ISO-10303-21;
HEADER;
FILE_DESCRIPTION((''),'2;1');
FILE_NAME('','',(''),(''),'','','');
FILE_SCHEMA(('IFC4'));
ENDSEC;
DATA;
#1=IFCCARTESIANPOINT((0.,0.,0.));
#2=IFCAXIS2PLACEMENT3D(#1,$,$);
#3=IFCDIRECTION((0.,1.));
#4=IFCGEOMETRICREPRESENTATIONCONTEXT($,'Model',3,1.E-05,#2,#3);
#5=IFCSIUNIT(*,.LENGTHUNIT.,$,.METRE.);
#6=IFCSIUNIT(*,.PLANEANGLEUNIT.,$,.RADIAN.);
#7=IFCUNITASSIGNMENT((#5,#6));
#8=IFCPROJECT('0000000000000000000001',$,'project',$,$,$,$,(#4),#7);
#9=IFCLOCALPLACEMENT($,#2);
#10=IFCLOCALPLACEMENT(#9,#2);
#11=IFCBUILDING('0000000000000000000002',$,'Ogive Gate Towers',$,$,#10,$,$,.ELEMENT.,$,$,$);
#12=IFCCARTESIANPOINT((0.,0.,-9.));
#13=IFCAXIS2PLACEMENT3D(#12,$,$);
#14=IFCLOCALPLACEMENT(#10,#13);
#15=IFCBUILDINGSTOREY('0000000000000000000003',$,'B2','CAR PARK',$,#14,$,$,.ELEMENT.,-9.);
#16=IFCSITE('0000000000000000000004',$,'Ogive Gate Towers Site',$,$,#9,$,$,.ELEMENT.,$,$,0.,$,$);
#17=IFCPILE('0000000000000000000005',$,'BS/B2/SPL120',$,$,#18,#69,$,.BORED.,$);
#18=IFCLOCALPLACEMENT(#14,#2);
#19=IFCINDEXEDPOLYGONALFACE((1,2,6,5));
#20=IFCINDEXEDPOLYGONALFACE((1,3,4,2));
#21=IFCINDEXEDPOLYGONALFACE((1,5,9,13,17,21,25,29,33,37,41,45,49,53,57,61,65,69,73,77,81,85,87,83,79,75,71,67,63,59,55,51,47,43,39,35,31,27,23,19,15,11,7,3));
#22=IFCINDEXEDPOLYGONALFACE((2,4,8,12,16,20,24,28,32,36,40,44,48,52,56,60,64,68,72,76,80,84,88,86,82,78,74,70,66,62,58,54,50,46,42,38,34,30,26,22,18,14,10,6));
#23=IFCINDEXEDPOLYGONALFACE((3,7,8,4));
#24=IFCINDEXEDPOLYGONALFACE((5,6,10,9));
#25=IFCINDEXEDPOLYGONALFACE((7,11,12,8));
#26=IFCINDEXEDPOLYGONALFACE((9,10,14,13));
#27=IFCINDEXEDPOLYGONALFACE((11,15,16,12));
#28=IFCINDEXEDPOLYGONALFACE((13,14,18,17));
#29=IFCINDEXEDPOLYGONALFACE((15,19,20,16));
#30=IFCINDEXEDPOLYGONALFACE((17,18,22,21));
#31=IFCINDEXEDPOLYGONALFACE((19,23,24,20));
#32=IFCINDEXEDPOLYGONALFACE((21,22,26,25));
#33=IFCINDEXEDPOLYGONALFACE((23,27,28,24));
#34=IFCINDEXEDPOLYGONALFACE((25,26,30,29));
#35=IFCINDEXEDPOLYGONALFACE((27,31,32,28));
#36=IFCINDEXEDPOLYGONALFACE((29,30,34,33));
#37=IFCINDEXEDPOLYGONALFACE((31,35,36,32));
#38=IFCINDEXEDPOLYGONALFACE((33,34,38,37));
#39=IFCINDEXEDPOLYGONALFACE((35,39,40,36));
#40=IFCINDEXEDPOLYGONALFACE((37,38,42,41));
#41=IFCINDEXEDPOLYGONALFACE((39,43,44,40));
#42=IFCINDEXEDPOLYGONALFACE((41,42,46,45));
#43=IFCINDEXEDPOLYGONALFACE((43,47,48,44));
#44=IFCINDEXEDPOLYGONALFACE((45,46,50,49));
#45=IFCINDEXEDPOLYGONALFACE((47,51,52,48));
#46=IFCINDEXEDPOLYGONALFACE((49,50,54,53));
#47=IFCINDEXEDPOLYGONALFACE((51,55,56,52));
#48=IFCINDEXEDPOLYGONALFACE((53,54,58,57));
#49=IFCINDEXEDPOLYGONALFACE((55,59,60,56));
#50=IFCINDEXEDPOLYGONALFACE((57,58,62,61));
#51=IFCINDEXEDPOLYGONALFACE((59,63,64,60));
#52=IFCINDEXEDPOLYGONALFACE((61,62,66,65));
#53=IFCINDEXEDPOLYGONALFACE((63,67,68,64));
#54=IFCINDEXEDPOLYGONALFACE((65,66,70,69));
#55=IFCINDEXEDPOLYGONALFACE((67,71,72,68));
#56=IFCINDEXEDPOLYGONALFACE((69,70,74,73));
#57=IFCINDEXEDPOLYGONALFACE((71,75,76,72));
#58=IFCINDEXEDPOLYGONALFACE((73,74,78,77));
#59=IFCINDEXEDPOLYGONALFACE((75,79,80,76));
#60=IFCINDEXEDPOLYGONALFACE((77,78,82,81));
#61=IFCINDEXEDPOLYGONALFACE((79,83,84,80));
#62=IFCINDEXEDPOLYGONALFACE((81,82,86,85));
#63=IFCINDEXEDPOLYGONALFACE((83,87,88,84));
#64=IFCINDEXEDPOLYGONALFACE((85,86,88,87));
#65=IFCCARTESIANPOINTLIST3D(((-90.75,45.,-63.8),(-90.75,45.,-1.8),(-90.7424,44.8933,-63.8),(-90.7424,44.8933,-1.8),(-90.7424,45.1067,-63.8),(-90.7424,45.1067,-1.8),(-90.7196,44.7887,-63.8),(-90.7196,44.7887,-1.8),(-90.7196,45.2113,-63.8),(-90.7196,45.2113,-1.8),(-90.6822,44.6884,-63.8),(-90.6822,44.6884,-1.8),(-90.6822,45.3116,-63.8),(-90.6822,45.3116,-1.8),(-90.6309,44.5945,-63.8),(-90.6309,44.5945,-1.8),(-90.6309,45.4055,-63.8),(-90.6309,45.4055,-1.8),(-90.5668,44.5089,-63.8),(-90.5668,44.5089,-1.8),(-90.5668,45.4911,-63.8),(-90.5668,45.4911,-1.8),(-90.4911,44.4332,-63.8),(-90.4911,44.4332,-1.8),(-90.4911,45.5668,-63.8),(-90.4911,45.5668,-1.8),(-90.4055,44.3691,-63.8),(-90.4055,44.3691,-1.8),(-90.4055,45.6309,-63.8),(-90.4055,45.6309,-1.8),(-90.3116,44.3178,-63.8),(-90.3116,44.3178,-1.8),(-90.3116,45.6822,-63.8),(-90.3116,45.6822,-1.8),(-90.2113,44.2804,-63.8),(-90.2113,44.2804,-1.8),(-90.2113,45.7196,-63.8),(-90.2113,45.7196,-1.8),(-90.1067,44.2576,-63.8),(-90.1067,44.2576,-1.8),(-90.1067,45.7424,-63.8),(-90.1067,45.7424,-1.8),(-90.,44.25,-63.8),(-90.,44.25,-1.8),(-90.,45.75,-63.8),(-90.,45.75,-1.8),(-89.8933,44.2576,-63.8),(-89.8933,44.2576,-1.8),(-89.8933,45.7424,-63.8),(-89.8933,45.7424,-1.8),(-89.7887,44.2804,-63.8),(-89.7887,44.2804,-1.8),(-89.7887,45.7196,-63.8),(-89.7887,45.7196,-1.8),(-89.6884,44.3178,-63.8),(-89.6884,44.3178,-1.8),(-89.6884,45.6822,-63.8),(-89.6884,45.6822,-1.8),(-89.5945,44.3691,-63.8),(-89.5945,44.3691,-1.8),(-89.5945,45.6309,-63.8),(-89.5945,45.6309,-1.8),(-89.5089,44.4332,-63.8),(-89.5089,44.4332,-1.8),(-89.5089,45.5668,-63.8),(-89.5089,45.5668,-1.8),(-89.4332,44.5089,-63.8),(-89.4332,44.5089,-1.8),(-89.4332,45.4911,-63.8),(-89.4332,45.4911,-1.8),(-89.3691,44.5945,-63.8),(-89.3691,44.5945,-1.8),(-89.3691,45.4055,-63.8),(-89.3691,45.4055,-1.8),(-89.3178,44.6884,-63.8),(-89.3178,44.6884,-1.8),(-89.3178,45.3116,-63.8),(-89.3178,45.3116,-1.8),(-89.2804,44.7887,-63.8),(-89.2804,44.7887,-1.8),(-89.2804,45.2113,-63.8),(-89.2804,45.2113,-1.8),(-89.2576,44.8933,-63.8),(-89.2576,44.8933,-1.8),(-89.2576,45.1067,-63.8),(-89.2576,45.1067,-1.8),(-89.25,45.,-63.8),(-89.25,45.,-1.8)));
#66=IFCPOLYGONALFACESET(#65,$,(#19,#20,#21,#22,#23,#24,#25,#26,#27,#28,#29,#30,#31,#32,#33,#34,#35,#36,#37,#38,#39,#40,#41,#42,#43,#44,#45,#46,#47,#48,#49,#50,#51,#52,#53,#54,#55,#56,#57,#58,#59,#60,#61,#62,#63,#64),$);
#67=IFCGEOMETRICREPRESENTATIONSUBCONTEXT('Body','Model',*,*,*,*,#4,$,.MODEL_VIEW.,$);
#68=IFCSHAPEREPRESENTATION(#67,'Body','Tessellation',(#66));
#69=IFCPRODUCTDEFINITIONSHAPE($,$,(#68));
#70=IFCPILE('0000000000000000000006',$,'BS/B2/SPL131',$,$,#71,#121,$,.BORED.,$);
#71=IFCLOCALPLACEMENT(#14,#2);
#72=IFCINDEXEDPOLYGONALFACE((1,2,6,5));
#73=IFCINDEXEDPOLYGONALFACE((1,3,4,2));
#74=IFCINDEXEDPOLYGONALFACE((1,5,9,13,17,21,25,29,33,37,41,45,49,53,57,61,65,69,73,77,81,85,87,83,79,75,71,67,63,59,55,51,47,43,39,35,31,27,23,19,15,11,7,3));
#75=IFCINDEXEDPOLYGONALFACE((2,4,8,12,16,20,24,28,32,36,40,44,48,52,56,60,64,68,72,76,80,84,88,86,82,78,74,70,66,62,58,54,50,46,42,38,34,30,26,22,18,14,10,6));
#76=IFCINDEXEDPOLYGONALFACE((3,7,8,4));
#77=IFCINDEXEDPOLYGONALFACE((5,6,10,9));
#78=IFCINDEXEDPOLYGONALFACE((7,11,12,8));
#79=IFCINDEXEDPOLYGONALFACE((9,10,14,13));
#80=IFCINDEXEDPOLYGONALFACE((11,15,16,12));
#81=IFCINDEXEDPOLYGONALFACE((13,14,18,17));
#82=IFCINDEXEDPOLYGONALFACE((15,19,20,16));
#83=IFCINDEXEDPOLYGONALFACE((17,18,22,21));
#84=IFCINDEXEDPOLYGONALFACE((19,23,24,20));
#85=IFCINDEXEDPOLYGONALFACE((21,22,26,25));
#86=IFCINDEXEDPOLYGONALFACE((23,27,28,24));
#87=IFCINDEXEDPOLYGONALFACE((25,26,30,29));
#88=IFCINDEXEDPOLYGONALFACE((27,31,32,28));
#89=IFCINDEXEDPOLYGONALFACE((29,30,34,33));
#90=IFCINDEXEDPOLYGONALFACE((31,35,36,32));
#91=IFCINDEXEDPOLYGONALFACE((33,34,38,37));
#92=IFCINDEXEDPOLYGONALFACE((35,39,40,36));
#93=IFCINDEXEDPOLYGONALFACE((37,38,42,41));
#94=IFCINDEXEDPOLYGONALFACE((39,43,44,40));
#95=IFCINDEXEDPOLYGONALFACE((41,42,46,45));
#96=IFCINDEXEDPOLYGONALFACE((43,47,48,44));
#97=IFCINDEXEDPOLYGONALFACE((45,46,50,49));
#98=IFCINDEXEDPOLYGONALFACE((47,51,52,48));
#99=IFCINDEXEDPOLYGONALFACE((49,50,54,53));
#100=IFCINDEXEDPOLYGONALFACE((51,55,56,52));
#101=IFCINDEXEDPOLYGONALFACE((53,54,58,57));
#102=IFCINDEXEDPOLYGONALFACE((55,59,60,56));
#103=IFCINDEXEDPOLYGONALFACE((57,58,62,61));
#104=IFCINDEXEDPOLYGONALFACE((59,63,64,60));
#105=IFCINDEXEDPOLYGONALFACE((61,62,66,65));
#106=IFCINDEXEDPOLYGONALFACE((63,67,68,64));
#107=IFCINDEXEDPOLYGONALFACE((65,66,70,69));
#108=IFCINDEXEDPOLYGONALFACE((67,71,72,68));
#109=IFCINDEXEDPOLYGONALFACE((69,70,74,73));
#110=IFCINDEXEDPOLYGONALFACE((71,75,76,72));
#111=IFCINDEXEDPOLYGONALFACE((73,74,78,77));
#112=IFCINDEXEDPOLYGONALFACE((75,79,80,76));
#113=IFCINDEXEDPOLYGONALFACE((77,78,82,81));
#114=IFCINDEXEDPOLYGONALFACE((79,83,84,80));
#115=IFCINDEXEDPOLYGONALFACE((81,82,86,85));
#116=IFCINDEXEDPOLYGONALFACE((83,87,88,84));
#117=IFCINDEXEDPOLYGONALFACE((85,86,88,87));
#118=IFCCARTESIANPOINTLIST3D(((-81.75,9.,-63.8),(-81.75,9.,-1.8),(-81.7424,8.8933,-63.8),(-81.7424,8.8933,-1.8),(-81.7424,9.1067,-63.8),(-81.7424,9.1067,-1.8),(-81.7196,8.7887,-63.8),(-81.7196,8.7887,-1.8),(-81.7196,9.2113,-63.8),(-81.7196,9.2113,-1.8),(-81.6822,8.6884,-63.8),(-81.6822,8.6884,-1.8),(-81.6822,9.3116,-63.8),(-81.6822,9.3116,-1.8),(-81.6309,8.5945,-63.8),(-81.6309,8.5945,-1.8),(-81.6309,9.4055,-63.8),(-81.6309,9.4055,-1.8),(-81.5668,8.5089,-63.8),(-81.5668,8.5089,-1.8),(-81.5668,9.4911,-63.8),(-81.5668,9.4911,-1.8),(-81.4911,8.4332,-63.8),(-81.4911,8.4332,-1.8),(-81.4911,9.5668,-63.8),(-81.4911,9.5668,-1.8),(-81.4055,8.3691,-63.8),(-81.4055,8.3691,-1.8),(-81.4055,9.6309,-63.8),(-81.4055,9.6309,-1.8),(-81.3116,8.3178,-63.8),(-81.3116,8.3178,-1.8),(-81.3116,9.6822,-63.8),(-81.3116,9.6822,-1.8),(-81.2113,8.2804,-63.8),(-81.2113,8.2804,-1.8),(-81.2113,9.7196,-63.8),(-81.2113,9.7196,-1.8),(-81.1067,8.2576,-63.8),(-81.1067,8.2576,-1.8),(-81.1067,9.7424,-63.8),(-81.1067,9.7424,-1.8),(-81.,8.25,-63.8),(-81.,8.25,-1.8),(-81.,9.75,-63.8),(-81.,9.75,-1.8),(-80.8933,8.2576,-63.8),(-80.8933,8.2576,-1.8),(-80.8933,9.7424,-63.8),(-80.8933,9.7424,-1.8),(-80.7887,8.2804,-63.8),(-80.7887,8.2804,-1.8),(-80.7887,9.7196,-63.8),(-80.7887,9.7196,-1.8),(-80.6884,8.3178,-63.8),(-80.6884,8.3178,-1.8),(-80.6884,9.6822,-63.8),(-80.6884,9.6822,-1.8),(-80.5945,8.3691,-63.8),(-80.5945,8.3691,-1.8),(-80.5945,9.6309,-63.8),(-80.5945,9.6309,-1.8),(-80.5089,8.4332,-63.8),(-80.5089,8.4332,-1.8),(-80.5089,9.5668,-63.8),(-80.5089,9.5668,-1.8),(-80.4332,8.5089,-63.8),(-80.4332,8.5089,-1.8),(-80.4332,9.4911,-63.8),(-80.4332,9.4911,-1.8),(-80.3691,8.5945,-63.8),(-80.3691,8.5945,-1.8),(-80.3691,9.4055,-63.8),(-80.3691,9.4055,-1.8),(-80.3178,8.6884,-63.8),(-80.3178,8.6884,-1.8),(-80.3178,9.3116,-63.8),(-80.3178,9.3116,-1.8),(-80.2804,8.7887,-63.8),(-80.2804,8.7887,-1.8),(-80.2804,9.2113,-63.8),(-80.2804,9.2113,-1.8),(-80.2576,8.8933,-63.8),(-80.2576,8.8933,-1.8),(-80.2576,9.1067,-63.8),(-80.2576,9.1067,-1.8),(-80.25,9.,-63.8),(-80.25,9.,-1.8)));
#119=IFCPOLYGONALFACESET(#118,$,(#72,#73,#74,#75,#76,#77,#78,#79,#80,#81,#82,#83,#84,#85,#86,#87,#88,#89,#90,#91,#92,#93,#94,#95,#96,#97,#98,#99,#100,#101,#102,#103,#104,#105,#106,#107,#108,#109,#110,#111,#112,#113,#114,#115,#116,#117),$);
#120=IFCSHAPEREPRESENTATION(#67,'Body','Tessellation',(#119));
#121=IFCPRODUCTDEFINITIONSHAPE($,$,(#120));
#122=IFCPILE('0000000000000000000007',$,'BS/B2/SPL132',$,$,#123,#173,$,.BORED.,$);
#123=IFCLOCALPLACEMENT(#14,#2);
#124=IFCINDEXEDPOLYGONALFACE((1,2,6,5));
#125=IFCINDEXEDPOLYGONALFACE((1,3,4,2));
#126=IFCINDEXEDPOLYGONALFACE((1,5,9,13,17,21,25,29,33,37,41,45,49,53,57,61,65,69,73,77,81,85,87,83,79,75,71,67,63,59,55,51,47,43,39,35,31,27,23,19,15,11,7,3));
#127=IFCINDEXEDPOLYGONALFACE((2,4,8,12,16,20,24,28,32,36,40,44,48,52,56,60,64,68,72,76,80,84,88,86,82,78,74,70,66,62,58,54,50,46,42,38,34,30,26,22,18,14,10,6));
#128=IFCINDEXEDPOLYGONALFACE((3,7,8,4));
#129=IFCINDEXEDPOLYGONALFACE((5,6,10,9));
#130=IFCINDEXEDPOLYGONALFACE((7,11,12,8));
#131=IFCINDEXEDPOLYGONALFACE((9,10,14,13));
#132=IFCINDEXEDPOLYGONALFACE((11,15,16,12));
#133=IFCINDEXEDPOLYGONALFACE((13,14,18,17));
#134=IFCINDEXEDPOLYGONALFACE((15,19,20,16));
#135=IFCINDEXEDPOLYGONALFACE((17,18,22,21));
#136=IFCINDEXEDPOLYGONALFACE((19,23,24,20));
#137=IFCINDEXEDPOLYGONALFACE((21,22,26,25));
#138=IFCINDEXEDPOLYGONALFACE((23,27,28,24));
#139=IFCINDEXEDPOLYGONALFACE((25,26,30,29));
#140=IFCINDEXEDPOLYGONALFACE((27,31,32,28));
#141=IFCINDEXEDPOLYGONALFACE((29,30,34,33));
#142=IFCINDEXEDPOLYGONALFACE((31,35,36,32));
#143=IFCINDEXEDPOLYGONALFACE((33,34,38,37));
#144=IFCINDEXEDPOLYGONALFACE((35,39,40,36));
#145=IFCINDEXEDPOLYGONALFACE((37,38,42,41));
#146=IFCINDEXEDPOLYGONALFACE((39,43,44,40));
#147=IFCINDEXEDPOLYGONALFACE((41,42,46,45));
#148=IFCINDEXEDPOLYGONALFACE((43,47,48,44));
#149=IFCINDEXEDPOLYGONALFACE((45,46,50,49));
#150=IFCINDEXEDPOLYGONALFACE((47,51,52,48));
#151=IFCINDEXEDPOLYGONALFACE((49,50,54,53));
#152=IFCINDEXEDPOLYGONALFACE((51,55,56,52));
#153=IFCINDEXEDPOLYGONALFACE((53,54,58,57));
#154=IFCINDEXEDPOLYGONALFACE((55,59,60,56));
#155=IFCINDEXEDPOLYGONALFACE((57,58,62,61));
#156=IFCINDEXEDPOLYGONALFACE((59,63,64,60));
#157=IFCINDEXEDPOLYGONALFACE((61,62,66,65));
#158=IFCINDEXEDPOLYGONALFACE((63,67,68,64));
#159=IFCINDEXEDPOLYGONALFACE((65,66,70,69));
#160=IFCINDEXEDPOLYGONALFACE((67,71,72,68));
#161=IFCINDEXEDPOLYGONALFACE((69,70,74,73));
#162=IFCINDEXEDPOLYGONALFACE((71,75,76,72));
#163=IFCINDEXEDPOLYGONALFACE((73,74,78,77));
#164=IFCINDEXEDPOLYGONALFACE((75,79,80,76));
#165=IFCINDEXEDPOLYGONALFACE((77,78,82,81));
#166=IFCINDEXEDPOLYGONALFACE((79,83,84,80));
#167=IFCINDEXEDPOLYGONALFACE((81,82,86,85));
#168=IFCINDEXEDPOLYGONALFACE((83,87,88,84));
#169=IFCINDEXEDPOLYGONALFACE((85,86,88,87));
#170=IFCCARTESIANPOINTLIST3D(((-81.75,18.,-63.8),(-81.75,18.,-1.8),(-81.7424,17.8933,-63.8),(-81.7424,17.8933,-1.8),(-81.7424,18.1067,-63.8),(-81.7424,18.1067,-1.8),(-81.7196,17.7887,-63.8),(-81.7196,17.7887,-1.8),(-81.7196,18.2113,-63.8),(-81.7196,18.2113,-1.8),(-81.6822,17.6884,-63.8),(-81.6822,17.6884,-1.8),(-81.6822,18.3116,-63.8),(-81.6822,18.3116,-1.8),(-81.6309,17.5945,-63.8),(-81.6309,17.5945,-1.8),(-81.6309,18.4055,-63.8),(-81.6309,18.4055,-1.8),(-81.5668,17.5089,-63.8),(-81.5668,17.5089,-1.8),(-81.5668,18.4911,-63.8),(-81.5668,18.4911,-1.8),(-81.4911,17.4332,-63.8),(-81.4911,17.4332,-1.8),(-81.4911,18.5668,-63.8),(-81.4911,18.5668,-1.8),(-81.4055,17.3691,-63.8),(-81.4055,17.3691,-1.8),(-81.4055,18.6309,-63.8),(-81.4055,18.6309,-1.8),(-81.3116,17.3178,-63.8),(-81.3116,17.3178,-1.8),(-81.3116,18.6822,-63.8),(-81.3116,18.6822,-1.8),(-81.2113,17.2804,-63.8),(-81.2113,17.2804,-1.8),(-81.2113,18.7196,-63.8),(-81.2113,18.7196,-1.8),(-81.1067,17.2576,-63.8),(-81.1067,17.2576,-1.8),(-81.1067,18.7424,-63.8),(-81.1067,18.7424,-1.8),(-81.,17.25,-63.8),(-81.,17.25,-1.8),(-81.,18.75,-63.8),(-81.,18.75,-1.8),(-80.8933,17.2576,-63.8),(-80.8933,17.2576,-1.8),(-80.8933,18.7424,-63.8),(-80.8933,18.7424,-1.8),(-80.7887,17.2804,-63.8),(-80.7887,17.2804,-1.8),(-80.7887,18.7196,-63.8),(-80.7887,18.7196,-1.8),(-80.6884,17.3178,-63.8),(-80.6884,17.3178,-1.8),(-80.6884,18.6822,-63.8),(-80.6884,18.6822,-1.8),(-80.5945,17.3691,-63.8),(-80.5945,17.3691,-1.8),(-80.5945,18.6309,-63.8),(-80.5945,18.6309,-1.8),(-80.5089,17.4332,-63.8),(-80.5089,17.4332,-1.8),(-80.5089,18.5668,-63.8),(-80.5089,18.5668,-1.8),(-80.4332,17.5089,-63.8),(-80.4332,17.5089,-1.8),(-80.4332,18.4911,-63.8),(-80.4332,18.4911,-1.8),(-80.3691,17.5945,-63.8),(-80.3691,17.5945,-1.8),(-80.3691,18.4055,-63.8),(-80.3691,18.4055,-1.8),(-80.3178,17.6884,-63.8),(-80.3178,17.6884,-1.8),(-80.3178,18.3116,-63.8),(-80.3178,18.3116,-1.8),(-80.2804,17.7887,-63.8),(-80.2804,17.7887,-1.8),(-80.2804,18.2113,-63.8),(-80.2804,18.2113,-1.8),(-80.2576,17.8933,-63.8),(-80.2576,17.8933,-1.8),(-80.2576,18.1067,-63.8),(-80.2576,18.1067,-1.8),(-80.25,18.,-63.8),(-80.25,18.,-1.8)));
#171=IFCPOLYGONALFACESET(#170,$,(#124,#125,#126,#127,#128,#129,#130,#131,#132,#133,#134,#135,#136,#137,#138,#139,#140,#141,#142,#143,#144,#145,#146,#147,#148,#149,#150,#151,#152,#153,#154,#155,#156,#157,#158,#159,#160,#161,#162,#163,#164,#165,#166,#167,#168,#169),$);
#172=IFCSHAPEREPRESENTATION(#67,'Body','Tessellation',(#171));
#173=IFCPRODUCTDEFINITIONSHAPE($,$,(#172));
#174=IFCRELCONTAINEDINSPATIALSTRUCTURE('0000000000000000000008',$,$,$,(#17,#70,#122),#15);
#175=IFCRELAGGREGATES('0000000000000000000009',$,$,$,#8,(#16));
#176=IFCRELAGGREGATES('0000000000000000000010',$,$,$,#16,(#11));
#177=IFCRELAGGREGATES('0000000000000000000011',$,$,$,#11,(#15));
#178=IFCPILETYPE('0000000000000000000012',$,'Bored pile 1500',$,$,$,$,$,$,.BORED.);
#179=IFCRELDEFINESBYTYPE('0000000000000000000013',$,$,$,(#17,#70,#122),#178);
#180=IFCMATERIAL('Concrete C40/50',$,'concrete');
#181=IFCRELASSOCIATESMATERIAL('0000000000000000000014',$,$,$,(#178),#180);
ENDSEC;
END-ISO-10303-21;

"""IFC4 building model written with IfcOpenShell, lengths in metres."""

from ifc_helpers import new_model, si_unit, direction, frame, origin, origin_2d, place, context, subcontext, project, spatial, circle, extrude, material, material_profile, profile_set, type_object, element, save


model = new_model("IFC4")

# Units and contexts
model_context = context("Model", 3, precision=1e-05, world=origin(), true_north=direction((0.0, 1.0)))
body_context = subcontext(model_context, "Body", "Model", "MODEL_VIEW")
ifc_project = project(units=[si_unit("LENGTHUNIT", "METRE"), si_unit("PLANEANGLEUNIT", "RADIAN")], contexts=[model_context])

# Site, building, storey
site_placement = place(None, origin())
site = spatial("IfcSite", under=ifc_project, at=site_placement, Name="Ogive Gate Towers Site", CompositionType="ELEMENT", RefElevation=0.0)
building_placement = place(site_placement, origin())
building = spatial("IfcBuilding", under=site, at=building_placement, Name="Ogive Gate Towers", CompositionType="ELEMENT")
storey_placement = place(building_placement, frame((0.0, 0.0, -9.0)))
storey = spatial("IfcBuildingStorey", under=building, at=storey_placement, Name="B2", Description="CAR PARK", CompositionType="ELEMENT", Elevation=-9.0)

# Piles
ifc_material_1 = material(Name="Concrete C40/50", Category="concrete")
ifc_material_profile_1 = material_profile(ifc_material_1, circle(Radius=0.75, at=origin_2d()), Name="BP 1500")
ifc_profile_set_1 = profile_set([ifc_material_profile_1], Name="Concrete C40/50")
pile_type = type_object("IfcPileType", Name="Bored pile 1500", PredefinedType="BORED", material=ifc_profile_set_1)
for number, where, z_axis, x_axis, name in (
    (1, (-90.0, 45.0, -1.8), (0.0, 0.0, -1.0), (1.0, 0.0, 0.0), "BS/B2/SPL120"),
    (2, (-81.0, 9.0, -1.8), (0.0, 0.0, -1.0), (1.0, 0.0, 0.0), "BS/B2/SPL131"),
    (3, (-81.0, 18.0, -1.8), (0.0, 0.0, -1.0), (1.0, 0.0, 0.0), "BS/B2/SPL132"),
):
    element("IfcPile", number, at=place(storey_placement, frame(where, z_axis=z_axis, x_axis=x_axis)), inside=storey, type_object=pile_type, Name=name, PredefinedType="BORED", context=body_context, shape_type="SweptSolid", body=[
        extrude(circle(Radius=0.75, at=origin_2d()), origin(), (0.0, 0.0, 1.0), 62.0),
    ])

save(model, "model.ifc")
